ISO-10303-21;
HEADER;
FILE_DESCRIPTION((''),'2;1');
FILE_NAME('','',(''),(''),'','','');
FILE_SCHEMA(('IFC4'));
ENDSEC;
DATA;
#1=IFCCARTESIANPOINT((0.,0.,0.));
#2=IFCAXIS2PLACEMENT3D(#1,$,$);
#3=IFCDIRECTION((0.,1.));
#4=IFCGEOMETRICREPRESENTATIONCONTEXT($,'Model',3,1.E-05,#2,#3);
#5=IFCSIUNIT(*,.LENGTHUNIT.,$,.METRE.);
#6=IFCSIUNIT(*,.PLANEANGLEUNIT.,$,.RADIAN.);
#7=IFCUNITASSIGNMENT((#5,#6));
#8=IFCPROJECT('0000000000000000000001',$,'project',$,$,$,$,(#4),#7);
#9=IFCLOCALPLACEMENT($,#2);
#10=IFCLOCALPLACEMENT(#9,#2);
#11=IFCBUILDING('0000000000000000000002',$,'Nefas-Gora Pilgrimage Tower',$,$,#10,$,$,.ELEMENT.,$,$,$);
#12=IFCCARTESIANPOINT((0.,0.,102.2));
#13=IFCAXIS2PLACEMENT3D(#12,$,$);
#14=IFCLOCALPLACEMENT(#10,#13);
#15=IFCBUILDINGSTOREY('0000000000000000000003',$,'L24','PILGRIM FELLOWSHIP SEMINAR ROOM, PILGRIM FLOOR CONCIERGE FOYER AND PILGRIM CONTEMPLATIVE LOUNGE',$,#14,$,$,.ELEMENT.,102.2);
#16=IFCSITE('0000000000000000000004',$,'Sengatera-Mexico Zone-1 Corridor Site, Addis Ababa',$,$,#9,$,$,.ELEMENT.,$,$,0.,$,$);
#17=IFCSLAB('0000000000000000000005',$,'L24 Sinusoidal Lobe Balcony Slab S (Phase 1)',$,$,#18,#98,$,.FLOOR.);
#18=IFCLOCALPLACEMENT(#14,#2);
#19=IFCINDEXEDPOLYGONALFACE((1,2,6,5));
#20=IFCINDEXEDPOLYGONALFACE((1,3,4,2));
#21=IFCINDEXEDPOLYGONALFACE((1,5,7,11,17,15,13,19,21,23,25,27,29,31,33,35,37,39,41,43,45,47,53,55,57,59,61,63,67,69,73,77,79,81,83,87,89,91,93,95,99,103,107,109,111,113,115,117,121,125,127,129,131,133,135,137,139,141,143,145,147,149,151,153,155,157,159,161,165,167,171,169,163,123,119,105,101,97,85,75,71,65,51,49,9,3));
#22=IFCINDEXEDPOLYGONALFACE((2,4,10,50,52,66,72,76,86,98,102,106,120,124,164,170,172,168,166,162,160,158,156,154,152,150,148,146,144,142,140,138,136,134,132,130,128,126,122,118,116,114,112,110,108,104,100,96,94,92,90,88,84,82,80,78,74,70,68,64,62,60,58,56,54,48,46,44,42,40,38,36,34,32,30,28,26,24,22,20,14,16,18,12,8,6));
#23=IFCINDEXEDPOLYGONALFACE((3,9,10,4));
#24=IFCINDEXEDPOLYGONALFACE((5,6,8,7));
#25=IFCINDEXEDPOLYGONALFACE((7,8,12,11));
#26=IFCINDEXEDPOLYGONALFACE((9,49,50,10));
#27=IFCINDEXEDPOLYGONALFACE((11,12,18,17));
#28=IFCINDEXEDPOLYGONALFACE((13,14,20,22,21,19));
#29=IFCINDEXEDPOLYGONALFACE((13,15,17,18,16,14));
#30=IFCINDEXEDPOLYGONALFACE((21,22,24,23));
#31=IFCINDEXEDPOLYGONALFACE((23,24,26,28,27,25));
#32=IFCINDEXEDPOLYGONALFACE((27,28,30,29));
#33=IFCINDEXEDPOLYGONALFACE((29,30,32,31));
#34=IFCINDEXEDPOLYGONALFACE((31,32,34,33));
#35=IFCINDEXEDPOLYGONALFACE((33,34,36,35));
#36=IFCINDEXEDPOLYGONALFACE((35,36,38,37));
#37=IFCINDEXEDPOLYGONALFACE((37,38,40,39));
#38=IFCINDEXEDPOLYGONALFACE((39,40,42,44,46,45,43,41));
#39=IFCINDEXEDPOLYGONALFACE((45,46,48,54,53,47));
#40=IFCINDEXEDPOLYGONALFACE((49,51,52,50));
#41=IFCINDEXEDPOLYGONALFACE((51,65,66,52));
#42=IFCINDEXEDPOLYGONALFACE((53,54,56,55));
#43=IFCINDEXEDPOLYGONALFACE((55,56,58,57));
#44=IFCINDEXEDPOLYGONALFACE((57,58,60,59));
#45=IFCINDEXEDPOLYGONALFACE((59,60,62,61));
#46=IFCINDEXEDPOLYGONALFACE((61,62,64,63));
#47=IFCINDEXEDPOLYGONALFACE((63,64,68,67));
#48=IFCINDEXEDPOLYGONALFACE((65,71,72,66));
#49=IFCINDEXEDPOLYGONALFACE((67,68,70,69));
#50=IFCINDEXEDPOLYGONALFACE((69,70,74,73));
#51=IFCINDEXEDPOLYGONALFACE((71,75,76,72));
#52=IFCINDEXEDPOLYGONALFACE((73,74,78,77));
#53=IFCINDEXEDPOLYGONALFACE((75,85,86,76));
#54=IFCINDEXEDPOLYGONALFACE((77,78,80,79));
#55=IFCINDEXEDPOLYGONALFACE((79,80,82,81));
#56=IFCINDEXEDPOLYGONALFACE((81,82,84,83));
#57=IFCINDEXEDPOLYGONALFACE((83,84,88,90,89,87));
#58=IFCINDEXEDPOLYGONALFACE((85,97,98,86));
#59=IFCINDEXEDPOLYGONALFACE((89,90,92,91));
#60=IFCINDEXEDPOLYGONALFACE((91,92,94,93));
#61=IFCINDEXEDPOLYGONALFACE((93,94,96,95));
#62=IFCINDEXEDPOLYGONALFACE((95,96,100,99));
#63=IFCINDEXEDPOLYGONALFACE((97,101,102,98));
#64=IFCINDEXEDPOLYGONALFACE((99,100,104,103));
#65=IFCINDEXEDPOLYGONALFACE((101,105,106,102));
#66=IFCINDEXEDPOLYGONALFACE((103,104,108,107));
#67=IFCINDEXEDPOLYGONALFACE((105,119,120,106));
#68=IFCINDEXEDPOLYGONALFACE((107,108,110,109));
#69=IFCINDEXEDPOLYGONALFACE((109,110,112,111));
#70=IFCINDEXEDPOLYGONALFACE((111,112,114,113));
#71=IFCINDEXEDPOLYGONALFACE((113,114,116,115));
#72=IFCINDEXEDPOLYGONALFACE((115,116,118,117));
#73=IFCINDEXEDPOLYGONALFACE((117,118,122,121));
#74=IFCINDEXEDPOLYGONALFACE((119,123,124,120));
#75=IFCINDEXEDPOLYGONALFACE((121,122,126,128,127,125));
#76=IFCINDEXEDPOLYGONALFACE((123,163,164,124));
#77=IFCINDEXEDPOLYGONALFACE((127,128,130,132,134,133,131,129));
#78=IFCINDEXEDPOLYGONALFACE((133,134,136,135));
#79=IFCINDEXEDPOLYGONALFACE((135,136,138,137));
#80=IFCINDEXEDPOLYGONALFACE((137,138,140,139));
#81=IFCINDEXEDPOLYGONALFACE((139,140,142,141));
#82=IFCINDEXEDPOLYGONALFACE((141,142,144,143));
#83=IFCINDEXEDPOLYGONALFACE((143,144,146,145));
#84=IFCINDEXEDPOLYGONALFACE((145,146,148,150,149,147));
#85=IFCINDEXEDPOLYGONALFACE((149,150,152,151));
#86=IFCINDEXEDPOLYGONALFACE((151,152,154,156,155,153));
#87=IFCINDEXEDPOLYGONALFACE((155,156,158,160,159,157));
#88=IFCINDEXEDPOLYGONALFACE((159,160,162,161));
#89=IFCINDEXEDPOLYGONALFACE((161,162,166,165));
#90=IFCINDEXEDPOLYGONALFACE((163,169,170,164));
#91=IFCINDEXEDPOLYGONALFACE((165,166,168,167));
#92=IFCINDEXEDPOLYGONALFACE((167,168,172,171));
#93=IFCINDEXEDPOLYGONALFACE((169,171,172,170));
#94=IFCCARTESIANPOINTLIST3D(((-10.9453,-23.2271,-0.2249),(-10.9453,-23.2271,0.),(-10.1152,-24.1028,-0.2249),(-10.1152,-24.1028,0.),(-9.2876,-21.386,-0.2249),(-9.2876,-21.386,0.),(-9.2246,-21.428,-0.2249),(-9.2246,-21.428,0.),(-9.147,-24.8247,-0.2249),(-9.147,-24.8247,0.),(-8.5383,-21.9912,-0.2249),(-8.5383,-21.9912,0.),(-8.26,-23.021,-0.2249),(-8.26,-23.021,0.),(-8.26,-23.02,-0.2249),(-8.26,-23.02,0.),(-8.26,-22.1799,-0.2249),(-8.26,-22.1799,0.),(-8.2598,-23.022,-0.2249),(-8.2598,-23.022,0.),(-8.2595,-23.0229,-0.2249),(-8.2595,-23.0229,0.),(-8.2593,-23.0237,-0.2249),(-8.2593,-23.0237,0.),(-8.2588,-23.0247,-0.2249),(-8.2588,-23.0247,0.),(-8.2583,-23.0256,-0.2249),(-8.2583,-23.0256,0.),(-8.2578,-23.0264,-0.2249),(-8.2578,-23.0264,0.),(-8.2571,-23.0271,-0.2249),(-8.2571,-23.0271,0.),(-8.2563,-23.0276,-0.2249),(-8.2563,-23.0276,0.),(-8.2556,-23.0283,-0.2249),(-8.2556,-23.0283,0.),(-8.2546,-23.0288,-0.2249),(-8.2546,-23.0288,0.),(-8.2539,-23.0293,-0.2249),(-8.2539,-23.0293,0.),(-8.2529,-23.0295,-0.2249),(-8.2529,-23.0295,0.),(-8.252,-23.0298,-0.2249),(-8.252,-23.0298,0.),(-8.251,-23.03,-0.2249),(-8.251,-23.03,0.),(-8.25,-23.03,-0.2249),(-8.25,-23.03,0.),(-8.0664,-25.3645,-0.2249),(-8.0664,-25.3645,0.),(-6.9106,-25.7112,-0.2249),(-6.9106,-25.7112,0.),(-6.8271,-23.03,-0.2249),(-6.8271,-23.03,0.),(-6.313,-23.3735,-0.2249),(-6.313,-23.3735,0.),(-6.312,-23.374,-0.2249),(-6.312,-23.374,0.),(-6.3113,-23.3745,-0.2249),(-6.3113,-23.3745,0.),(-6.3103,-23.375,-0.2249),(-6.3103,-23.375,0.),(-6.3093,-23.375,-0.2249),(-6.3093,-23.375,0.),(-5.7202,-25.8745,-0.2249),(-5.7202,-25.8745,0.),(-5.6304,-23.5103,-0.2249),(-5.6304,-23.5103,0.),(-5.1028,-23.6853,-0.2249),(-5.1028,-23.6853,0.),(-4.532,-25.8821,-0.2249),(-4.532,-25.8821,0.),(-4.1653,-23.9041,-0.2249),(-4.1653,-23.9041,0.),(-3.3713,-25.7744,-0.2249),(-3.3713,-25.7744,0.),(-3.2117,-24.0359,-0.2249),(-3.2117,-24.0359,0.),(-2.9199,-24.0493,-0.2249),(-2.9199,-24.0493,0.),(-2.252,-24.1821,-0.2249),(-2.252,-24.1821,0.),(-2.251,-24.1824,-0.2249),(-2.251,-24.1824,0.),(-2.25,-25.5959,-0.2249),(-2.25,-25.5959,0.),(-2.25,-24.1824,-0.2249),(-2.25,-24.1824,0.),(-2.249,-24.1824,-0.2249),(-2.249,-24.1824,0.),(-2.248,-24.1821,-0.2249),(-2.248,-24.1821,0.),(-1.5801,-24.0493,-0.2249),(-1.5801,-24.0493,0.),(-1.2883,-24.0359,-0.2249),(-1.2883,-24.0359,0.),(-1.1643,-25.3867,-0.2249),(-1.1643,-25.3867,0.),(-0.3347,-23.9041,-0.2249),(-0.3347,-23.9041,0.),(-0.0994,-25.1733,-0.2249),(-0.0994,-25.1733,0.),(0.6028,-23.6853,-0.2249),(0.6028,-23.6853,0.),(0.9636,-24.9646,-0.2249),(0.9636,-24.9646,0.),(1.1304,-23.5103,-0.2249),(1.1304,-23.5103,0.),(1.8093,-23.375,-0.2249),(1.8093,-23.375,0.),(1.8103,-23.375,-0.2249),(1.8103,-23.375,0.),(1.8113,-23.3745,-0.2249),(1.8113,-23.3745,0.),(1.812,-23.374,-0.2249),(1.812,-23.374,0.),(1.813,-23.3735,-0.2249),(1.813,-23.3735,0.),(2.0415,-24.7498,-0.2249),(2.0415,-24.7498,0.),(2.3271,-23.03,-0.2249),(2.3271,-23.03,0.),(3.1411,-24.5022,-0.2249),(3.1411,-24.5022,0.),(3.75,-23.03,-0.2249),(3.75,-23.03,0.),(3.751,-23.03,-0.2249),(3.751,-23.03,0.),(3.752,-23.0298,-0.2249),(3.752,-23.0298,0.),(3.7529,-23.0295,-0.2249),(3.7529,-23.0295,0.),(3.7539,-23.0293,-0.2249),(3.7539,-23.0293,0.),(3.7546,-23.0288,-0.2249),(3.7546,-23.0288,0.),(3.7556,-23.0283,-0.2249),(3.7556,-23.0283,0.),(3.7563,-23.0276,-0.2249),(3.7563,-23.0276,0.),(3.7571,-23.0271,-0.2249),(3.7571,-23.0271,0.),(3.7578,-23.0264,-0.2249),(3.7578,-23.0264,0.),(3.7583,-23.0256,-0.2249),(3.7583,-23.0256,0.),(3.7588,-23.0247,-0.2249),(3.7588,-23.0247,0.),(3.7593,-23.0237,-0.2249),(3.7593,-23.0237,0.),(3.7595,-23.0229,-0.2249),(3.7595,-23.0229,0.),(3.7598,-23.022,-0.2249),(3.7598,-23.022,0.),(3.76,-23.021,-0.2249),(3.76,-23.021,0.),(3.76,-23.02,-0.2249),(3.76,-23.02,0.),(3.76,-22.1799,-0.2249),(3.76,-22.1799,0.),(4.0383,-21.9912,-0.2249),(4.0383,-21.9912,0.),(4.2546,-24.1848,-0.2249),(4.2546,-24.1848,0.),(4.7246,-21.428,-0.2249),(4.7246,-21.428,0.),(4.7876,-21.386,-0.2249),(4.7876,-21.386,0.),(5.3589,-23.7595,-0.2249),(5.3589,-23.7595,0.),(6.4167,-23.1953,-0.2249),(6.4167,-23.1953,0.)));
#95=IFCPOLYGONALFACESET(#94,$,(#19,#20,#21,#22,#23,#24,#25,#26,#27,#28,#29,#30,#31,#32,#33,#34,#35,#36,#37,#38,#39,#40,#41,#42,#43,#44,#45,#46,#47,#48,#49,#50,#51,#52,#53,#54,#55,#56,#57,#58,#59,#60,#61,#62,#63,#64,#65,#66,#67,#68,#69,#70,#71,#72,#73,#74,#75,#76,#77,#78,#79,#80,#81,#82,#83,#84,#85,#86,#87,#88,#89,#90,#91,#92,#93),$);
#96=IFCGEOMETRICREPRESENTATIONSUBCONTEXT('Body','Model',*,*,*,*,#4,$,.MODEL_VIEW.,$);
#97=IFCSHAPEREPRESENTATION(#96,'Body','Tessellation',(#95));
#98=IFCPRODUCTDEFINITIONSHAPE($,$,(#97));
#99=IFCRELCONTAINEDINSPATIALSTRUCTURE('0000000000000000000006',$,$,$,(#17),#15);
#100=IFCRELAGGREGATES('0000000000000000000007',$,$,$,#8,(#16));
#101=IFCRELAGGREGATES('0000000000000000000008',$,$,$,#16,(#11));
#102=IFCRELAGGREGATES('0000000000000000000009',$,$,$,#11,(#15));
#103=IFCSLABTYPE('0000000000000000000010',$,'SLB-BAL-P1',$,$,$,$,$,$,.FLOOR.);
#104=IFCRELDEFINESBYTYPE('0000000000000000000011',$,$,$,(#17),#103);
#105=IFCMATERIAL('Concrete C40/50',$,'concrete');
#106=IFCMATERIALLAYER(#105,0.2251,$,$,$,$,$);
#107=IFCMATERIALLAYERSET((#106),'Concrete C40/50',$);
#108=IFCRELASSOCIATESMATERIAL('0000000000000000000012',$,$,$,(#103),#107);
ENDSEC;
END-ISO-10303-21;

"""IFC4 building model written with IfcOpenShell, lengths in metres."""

from ifc_helpers import new_model, si_unit, direction, frame, origin, place, context, subcontext, project, spatial, polyline, outline, extrude, material, layer, layer_set, type_object, element, save


model = new_model("IFC4")

# Units and contexts
model_context = context("Model", 3, precision=1e-05, world=origin(), true_north=direction((0.0, 1.0)))
body_context = subcontext(model_context, "Body", "Model", "MODEL_VIEW")
ifc_project = project(units=[si_unit("LENGTHUNIT", "METRE"), si_unit("PLANEANGLEUNIT", "RADIAN")], contexts=[model_context])

# Site, building, storey
site_placement = place(None, origin())
site = spatial("IfcSite", under=ifc_project, at=site_placement, Name="Sengatera-Mexico Zone-1 Corridor Site, Addis Ababa", CompositionType="ELEMENT", RefElevation=0.0)
building_placement = place(site_placement, origin())
building = spatial("IfcBuilding", under=site, at=building_placement, Name="Nefas-Gora Pilgrimage Tower", CompositionType="ELEMENT")
storey_placement = place(building_placement, frame((0.0, 0.0, 102.2)))
storey = spatial("IfcBuildingStorey", under=building, at=storey_placement, Name="L24", Description="PILGRIM FELLOWSHIP SEMINAR ROOM, PILGRIM FLOOR CONCIERGE FOYER AND PILGRIM CONTEMPLATIVE LOUNGE", CompositionType="ELEMENT", Elevation=102.2)

# Slab
ifc_material_1 = material(Name="Concrete C40/50", Category="concrete")
ifc_layer_1 = layer(ifc_material_1, 0.2251)
ifc_layer_set_1 = layer_set([ifc_layer_1], Name="Concrete C40/50")
slab_type_1 = type_object("IfcSlabType", Name="SLB-BAL-P1", PredefinedType="FLOOR", material=ifc_layer_set_1)
slab_1_placement = place(storey_placement, frame((0.0, 0.0, -0.2249)))
element("IfcSlab", 1, at=slab_1_placement, inside=storey, type_object=slab_type_1, Name="L24 Sinusoidal Lobe Balcony Slab S (Phase 1)", PredefinedType="FLOOR", context=body_context, shape_type="SweptSolid", body=[
    extrude(outline(polyline([(4.7876, -21.386), (4.7246, -21.428), (4.0383, -21.9912), (3.76, -22.1799), (3.76, -23.02), (3.76, -23.021), (3.7598, -23.022), (3.7595, -23.0229), (3.7593, -23.0237), (3.7588, -23.0247), (3.7583, -23.0256), (3.7578, -23.0264), (3.7571, -23.0271), (3.7563, -23.0276), (3.7556, -23.0283), (3.7546, -23.0288), (3.7539, -23.0293), (3.7529, -23.0295), (3.752, -23.0298), (3.751, -23.03), (3.75, -23.03), (2.3271, -23.03), (1.813, -23.3735), (1.812, -23.374), (1.8113, -23.3745), (1.8103, -23.375), (1.8093, -23.375), (1.1304, -23.5103), (0.6028, -23.6853), (-0.3347, -23.9041), (-1.2883, -24.0359), (-1.5801, -24.0493), (-2.248, -24.1821), (-2.249, -24.1824), (-2.25, -24.1824), (-2.251, -24.1824), (-2.252, -24.1821), (-2.9199, -24.0493), (-3.2117, -24.0359), (-4.1653, -23.9041), (-5.1028, -23.6853), (-5.6304, -23.5103), (-6.3093, -23.375), (-6.3103, -23.375), (-6.3113, -23.3745), (-6.312, -23.374), (-6.313, -23.3735), (-6.8271, -23.03), (-8.25, -23.03), (-8.251, -23.03), (-8.252, -23.0298), (-8.2529, -23.0295), (-8.2539, -23.0293), (-8.2546, -23.0288), (-8.2556, -23.0283), (-8.2563, -23.0276), (-8.2571, -23.0271), (-8.2578, -23.0264), (-8.2583, -23.0256), (-8.2588, -23.0247), (-8.2593, -23.0237), (-8.2595, -23.0229), (-8.2598, -23.022), (-8.26, -23.021), (-8.26, -23.02), (-8.26, -22.1799), (-8.5383, -21.9912), (-9.2246, -21.428), (-9.2876, -21.386), (-10.9453, -23.2271), (-10.1152, -24.1028), (-9.147, -24.8247), (-8.0664, -25.3645), (-6.9106, -25.7112), (-5.7202, -25.8745), (-4.532, -25.8821), (-3.3713, -25.7744), (-2.25, -25.5959), (-1.1643, -25.3867), (-0.0994, -25.1733), (0.9636, -24.9646), (2.0415, -24.7498), (3.1411, -24.5022), (4.2546, -24.1848), (5.3589, -23.7595), (6.4167, -23.1953), (4.7876, -21.386)])), origin(), (0.0, 0.0, 1.0), 0.2249),
])

save(model, "model.ifc")
